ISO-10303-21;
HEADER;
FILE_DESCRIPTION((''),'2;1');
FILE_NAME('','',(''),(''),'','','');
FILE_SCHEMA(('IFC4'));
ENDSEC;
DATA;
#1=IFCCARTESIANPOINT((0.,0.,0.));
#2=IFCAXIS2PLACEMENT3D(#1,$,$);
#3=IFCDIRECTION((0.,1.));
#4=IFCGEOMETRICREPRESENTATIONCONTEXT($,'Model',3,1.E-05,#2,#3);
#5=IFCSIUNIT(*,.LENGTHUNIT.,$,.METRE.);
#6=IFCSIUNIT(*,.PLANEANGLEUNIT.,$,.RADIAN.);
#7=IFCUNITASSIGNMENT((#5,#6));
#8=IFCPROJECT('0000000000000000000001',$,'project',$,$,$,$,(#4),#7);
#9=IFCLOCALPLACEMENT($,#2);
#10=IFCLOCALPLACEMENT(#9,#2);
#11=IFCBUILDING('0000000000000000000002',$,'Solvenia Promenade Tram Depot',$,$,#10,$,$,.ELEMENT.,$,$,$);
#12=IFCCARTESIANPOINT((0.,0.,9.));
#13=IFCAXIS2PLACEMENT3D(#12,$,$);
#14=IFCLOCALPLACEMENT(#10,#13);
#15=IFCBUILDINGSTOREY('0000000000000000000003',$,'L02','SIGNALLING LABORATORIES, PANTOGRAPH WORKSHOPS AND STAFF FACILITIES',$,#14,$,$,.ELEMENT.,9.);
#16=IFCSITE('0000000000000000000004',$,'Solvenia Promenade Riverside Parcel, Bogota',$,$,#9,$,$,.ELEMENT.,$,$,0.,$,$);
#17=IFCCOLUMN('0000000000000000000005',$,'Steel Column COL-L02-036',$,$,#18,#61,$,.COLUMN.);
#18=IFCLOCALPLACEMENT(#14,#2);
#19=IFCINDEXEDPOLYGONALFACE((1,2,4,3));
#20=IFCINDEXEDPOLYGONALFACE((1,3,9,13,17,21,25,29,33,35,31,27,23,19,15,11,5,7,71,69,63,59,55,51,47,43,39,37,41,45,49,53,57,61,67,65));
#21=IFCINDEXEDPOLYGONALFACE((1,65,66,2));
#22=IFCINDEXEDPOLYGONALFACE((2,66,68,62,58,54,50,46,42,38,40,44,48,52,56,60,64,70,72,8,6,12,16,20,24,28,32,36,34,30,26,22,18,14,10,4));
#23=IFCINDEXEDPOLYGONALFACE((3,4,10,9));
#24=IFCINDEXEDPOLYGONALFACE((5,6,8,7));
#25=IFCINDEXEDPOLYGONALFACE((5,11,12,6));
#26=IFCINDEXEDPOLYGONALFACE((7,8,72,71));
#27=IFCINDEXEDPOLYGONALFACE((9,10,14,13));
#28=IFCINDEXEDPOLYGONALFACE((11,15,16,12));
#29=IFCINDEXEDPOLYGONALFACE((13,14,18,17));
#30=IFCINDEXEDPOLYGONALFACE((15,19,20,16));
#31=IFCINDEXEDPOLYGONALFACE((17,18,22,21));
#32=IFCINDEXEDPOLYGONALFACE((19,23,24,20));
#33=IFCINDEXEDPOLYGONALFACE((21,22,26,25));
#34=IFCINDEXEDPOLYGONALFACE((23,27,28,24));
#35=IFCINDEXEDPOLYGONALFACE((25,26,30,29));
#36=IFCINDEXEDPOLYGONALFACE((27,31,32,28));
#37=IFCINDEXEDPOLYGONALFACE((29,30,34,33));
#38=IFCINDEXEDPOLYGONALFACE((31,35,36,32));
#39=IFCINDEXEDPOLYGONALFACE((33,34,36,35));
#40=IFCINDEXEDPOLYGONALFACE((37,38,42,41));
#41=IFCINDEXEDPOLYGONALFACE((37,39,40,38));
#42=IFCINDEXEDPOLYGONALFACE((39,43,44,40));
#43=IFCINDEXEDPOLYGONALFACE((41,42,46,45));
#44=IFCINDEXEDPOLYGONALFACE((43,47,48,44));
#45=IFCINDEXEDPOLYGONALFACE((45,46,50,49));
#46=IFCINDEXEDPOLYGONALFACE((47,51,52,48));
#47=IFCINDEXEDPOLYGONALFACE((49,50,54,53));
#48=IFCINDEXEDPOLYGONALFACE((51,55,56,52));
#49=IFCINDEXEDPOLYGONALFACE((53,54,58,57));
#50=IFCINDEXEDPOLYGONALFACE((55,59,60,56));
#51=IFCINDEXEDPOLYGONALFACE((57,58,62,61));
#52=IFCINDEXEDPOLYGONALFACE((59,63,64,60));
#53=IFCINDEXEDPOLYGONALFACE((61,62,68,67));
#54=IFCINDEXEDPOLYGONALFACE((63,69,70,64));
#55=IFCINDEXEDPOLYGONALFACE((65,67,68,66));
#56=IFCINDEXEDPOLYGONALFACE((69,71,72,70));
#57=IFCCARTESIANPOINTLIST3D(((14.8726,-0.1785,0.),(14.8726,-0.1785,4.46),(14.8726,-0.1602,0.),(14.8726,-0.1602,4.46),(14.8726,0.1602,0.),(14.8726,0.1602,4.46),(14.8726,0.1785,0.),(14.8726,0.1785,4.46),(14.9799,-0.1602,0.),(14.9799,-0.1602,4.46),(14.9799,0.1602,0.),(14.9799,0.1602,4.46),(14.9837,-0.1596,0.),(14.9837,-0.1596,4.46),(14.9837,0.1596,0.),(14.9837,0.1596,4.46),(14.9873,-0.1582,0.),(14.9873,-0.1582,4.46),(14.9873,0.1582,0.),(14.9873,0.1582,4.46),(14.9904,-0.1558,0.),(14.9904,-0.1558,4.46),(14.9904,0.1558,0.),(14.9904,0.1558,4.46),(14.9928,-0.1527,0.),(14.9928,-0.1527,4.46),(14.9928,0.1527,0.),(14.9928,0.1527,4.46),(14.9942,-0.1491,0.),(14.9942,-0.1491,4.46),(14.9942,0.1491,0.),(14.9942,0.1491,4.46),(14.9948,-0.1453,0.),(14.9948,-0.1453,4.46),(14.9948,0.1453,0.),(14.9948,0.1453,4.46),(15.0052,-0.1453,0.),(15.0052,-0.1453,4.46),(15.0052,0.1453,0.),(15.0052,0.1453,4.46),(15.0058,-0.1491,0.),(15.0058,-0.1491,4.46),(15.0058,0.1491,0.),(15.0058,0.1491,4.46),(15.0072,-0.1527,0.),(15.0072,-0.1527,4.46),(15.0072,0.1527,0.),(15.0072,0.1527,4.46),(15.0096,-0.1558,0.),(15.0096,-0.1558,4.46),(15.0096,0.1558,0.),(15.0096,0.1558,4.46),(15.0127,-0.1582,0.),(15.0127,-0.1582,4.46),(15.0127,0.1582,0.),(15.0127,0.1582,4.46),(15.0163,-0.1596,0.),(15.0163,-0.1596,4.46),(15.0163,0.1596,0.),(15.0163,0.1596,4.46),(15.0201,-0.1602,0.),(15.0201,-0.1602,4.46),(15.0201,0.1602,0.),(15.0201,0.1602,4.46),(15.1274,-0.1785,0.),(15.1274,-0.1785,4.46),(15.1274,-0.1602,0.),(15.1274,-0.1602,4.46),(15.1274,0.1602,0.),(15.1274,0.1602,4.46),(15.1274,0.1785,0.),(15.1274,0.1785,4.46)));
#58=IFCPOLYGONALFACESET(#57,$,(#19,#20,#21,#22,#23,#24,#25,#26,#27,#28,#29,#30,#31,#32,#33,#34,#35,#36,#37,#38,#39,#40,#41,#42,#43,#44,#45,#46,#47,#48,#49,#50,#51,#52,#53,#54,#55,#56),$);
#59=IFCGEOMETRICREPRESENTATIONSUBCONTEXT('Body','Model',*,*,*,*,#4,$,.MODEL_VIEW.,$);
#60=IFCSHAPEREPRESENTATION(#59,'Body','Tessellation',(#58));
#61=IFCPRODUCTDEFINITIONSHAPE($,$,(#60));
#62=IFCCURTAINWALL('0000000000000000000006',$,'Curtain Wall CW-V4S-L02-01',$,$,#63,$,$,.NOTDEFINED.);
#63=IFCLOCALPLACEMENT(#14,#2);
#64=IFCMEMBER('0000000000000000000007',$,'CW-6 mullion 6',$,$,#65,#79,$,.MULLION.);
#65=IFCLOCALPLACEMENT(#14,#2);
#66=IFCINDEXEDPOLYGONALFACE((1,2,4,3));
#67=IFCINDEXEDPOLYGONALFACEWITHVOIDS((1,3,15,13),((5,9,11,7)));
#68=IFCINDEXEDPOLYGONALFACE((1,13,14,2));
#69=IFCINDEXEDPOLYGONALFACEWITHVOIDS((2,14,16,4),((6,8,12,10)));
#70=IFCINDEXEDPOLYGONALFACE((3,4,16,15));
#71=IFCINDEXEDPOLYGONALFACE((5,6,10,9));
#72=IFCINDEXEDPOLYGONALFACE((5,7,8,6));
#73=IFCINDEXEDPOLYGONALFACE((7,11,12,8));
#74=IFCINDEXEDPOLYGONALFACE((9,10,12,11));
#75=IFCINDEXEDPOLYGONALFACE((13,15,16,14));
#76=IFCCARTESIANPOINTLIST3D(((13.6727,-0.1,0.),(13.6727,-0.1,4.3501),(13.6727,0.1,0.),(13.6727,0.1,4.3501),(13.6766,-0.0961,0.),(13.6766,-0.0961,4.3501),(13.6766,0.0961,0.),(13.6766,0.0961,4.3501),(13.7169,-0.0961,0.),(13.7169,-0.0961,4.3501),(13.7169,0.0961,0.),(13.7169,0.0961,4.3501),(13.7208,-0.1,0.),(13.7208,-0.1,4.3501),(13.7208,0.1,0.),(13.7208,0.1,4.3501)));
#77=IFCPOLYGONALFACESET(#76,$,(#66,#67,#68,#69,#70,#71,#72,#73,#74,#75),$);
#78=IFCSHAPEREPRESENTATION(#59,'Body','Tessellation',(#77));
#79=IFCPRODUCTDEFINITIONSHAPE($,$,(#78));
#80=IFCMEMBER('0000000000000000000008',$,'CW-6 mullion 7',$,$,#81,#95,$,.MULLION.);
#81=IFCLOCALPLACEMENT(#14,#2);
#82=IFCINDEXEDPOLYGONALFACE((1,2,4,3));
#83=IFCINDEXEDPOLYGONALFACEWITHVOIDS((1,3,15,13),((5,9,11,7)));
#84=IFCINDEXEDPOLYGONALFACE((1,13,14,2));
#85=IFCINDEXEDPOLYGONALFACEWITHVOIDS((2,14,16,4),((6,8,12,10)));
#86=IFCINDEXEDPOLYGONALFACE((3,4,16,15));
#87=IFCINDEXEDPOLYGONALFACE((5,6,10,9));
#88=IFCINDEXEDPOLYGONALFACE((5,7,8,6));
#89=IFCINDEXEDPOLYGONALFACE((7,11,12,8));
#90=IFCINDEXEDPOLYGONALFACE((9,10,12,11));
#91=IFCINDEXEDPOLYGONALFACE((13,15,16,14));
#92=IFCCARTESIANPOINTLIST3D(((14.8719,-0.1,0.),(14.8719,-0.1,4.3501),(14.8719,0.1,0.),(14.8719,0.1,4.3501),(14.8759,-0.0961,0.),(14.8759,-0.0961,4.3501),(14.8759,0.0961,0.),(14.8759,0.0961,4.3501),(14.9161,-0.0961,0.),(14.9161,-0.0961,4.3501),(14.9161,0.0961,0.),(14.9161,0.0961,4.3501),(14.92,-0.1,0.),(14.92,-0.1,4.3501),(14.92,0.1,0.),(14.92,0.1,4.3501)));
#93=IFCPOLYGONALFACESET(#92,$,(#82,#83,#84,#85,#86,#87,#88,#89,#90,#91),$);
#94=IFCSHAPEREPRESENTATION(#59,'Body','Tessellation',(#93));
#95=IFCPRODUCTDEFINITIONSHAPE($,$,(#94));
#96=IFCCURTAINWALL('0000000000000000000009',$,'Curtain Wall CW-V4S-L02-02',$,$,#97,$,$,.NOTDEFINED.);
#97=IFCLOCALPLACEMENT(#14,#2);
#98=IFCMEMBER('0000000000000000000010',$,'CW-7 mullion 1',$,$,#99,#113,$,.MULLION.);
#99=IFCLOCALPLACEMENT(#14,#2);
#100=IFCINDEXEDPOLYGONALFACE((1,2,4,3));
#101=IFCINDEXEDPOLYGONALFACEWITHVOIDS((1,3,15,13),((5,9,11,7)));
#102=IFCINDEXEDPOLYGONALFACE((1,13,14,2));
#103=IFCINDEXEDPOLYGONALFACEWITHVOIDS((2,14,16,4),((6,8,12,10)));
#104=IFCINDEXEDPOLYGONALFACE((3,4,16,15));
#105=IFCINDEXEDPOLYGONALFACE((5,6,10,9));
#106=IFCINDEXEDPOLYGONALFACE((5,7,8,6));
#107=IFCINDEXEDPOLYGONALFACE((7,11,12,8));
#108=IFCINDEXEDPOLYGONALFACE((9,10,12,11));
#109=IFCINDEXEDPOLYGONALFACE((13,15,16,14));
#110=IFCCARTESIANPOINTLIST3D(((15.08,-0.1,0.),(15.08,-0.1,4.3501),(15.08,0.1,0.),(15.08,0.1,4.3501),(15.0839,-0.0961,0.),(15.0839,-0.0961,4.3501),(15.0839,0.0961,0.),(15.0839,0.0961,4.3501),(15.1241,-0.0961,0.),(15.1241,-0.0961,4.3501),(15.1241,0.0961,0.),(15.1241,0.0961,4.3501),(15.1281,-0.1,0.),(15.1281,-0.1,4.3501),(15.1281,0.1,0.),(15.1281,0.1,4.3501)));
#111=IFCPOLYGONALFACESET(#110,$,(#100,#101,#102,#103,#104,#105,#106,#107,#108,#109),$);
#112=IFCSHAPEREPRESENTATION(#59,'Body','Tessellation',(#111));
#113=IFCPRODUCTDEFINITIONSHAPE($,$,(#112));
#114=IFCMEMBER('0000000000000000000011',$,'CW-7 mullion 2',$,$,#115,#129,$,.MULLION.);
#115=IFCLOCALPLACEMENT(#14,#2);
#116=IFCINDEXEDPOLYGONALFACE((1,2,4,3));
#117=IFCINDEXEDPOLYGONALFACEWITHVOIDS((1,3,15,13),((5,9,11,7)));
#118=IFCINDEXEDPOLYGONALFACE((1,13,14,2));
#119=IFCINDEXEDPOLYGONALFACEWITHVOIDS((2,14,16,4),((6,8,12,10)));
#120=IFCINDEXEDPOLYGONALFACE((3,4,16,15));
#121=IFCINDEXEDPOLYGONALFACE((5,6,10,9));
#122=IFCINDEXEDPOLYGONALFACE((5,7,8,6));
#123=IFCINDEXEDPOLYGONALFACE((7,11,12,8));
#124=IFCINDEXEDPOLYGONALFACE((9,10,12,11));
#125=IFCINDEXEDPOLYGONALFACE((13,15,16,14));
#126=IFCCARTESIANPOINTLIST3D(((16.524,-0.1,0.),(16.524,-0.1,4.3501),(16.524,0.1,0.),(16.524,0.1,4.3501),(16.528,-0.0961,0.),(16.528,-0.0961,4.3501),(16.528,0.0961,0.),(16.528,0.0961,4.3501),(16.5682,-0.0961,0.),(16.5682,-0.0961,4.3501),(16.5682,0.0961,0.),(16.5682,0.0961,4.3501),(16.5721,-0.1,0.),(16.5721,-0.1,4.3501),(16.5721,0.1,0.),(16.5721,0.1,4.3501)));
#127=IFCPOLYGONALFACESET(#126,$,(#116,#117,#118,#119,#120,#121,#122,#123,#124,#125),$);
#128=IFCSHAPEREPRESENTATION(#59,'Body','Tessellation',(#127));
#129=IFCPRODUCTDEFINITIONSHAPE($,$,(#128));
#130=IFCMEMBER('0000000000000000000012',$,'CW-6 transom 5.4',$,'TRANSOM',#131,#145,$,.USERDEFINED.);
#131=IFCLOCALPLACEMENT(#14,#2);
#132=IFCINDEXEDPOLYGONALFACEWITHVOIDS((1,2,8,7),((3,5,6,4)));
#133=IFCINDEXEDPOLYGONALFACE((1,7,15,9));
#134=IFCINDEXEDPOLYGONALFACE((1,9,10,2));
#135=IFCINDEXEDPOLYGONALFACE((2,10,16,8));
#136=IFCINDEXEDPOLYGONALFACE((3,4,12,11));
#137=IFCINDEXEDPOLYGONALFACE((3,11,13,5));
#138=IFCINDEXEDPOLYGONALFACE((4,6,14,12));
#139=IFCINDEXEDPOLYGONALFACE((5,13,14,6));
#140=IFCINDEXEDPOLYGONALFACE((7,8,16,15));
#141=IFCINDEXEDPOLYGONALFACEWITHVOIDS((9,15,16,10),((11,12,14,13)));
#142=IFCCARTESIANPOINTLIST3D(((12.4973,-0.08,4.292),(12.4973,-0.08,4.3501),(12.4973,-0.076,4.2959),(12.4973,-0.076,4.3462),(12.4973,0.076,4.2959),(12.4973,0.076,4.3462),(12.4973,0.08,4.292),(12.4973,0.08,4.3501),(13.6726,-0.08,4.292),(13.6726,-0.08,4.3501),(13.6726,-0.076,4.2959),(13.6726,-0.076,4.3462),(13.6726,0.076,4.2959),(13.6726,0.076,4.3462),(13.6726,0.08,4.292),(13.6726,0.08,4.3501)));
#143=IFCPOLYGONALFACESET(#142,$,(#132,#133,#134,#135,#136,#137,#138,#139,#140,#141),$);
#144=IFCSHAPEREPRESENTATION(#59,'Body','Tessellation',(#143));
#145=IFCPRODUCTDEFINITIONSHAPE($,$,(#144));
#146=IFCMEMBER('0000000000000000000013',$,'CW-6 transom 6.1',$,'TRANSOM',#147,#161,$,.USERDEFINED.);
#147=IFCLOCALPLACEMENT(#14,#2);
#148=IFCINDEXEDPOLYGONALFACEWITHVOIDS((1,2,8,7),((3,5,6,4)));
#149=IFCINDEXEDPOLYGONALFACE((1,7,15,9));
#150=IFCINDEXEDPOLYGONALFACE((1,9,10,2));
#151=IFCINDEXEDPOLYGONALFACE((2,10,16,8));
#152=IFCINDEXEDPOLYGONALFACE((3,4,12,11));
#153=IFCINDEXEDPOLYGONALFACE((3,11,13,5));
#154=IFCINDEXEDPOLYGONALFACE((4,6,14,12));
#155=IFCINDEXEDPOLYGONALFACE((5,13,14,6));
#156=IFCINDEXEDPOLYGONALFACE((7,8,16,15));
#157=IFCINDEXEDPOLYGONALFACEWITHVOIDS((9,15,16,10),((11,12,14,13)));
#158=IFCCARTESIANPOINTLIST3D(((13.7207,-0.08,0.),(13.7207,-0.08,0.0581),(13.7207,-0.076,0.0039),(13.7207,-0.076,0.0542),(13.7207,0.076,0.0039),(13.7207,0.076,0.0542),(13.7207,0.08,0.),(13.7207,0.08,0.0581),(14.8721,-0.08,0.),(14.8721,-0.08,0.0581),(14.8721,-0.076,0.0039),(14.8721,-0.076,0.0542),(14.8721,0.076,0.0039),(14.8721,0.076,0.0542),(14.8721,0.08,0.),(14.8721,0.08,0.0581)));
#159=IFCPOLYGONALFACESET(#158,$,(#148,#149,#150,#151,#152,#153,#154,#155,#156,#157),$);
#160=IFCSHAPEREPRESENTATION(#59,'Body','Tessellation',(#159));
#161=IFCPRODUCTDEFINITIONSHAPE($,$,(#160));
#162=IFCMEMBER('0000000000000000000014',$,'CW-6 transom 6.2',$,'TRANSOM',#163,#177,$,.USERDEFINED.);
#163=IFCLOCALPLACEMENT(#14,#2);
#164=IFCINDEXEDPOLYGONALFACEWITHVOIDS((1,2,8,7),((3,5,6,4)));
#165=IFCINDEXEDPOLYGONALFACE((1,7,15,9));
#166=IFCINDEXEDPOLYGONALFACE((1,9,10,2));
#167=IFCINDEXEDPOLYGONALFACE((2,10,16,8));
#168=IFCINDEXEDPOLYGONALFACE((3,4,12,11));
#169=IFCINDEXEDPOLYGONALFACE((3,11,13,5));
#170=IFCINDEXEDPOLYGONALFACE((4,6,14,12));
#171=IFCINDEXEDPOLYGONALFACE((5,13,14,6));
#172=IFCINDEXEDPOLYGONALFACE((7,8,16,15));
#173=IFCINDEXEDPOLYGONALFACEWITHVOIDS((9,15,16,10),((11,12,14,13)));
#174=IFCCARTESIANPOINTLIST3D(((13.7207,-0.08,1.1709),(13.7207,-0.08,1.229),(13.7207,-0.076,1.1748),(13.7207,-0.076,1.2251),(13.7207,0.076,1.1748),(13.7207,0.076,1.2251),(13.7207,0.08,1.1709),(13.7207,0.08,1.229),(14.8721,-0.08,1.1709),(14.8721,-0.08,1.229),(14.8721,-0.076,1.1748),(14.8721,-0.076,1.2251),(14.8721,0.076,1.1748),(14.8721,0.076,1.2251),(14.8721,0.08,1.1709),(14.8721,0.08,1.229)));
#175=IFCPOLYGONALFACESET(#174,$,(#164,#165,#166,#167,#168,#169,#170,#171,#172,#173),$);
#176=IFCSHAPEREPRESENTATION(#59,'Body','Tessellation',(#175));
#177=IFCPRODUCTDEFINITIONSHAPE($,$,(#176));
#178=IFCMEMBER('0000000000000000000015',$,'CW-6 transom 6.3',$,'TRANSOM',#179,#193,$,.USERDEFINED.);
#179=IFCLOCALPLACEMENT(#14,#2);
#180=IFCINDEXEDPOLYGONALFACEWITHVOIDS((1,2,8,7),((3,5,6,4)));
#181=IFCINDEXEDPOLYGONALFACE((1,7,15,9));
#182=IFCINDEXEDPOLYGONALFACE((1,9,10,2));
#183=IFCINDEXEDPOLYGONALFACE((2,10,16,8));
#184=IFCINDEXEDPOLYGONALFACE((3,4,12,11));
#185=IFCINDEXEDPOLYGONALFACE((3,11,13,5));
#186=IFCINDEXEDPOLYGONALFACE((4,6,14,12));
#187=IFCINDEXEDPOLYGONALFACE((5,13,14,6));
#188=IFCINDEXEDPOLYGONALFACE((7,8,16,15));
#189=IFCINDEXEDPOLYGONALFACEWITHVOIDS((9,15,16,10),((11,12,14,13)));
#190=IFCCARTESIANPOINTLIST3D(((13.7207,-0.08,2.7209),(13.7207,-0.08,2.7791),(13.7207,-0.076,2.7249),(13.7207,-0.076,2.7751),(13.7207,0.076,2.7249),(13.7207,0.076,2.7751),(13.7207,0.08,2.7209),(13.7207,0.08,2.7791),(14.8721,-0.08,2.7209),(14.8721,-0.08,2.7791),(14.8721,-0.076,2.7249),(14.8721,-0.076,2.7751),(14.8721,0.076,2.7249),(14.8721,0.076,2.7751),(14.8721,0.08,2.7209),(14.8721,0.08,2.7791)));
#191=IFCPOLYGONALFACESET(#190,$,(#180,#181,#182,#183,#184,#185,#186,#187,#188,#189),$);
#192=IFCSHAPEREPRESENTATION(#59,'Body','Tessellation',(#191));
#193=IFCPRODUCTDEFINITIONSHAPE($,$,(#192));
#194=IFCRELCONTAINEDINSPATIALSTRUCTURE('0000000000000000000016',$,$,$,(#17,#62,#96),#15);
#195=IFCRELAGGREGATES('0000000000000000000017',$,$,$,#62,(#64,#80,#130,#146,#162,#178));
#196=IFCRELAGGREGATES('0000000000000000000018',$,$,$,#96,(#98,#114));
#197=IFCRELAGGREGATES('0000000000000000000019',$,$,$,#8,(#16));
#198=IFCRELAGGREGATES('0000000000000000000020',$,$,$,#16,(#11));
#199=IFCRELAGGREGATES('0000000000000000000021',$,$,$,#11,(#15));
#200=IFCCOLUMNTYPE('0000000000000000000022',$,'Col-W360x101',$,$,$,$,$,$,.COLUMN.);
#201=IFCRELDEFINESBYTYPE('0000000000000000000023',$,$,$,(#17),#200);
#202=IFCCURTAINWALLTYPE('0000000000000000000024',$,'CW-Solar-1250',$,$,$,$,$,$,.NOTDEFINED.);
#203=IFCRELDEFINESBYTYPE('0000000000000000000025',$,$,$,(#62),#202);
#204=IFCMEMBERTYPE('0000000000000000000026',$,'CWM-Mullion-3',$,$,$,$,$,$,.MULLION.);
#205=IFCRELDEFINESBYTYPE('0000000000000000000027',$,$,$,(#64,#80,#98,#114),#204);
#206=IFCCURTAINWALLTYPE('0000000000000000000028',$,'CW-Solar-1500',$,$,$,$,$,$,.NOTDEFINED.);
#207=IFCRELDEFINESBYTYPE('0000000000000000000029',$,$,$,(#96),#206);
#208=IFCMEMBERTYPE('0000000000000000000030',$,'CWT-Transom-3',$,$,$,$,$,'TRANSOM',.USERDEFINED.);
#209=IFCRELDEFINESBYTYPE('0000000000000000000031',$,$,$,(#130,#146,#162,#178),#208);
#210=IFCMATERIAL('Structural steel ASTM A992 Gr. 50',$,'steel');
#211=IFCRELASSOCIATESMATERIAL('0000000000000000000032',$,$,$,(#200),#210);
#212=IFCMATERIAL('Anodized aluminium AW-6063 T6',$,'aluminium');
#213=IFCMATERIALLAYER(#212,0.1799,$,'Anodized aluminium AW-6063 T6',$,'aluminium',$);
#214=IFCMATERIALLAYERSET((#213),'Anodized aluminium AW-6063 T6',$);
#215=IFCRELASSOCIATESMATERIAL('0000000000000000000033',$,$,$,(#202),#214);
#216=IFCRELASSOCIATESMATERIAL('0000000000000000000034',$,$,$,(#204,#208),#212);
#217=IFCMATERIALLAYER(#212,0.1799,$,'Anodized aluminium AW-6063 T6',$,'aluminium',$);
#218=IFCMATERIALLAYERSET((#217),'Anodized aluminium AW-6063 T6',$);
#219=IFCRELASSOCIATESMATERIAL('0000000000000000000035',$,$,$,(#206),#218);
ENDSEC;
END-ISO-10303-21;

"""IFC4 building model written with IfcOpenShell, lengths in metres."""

from ifc_helpers import new_model, si_unit, direction, frame, origin, origin_2d, place, context, subcontext, project, spatial, hollow_rectangle, i_section, extrude, material, layer, layer_set, material_profile, profile_set, type_object, element, aggregate, save


model = new_model("IFC4")

# Units and contexts
model_context = context("Model", 3, precision=1e-05, world=origin(), true_north=direction((0.0, 1.0)))
body_context = subcontext(model_context, "Body", "Model", "MODEL_VIEW")
ifc_project = project(units=[si_unit("LENGTHUNIT", "METRE"), si_unit("PLANEANGLEUNIT", "RADIAN")], contexts=[model_context])

# Site, building, storey
site_placement = place(None, origin())
site = spatial("IfcSite", under=ifc_project, at=site_placement, Name="Solvenia Promenade Riverside Parcel, Bogota", CompositionType="ELEMENT", RefElevation=0.0)
building_placement = place(site_placement, origin())
building = spatial("IfcBuilding", under=site, at=building_placement, Name="Solvenia Promenade Tram Depot", CompositionType="ELEMENT")
storey_placement = place(building_placement, frame((0.0, 0.0, 9.0)))
storey = spatial("IfcBuildingStorey", under=building, at=storey_placement, Name="L02", Description="SIGNALLING LABORATORIES, PANTOGRAPH WORKSHOPS AND STAFF FACILITIES", CompositionType="ELEMENT", Elevation=9.0)

# Column
ifc_material_1 = material(Name="Structural steel ASTM A992 Gr. 50", Category="steel")
ifc_material_profile_1 = material_profile(ifc_material_1, i_section(OverallWidth=0.2549, OverallDepth=0.3569, WebThickness=0.0105, FlangeThickness=0.0183, FilletRadius=0.0149, at=origin_2d()), Name="W360x101", Category="steel")
ifc_profile_set_1 = profile_set([ifc_material_profile_1], Name="Structural steel ASTM A992 Gr. 50")
column_type = type_object("IfcColumnType", Name="Col-W360x101", PredefinedType="COLUMN", material=ifc_profile_set_1)
column_placement = place(storey_placement, frame((15.0, 0.0, 0.0), z_axis=(0.0, 0.0, 1.0), x_axis=(1.0, 0.0, 0.0)))
element("IfcColumn", 1, at=column_placement, inside=storey, type_object=column_type, Name="Steel Column COL-L02-036", PredefinedType="COLUMN", context=body_context, shape_type="SweptSolid", body=[
    extrude(i_section(OverallWidth=0.2549, OverallDepth=0.3569, WebThickness=0.0105, FlangeThickness=0.0183, FilletRadius=0.0149, at=origin_2d()), origin(), (0.0, 0.0, 1.0), 4.46),
])

# Curtain walls, members
ifc_material_2 = material(Name="Anodized aluminium AW-6063 T6", Category="aluminium")
ifc_layer_1 = layer(ifc_material_2, 0.1799, Name="Anodized aluminium AW-6063 T6", Category="aluminium")
ifc_layer_set_1 = layer_set([ifc_layer_1], Name="Anodized aluminium AW-6063 T6")
curtain_wall_type_1 = type_object("IfcCurtainWallType", Name="CW-Solar-1250", PredefinedType="NOTDEFINED", material=ifc_layer_set_1)
curtain_wall_1_placement = place(storey_placement, origin())
curtain_wall_1 = element("IfcCurtainWall", 2, at=curtain_wall_1_placement, inside=storey, type_object=curtain_wall_type_1, Name="Curtain Wall CW-V4S-L02-01", PredefinedType="NOTDEFINED")
ifc_material_profile_2 = material_profile(ifc_material_2, hollow_rectangle(XDim=0.2, YDim=0.0481, WallThickness=0.0039, at=origin_2d()), Name="ALU-M3", Category="aluminium")
ifc_profile_set_2 = profile_set([ifc_material_profile_2], Name="Anodized aluminium AW-6063 T6")
member_type_1 = type_object("IfcMemberType", Name="CWM-Mullion-3", PredefinedType="MULLION", material=ifc_profile_set_2)
member_1_placement = place(storey_placement, frame((13.6968, 0.0, 0.0), z_axis=(0.0, 0.0, 1.0), x_axis=(0.0, 1.0, 0.0)))
member_1 = element("IfcMember", 3, at=member_1_placement, type_object=member_type_1, Name="CW-6 mullion 6", PredefinedType="MULLION", context=body_context, shape_type="SweptSolid", body=[
    extrude(hollow_rectangle(XDim=0.2, YDim=0.0481, WallThickness=0.0039, at=origin_2d()), origin(), (0.0, 0.0, 1.0), 4.3501),
])
member_2_placement = place(storey_placement, frame((14.896, 0.0, 0.0), z_axis=(0.0, 0.0, 1.0), x_axis=(0.0, 1.0, 0.0)))
member_2 = element("IfcMember", 4, at=member_2_placement, type_object=member_type_1, Name="CW-6 mullion 7", PredefinedType="MULLION", context=body_context, shape_type="SweptSolid", body=[
    extrude(hollow_rectangle(XDim=0.2, YDim=0.0481, WallThickness=0.0039, at=origin_2d()), origin(), (0.0, 0.0, 1.0), 4.3501),
])
ifc_layer_2 = layer(ifc_material_2, 0.1799, Name="Anodized aluminium AW-6063 T6", Category="aluminium")
ifc_layer_set_2 = layer_set([ifc_layer_2], Name="Anodized aluminium AW-6063 T6")
curtain_wall_type_2 = type_object("IfcCurtainWallType", Name="CW-Solar-1500", PredefinedType="NOTDEFINED", material=ifc_layer_set_2)
curtain_wall_2_placement = place(storey_placement, origin())
curtain_wall_2 = element("IfcCurtainWall", 5, at=curtain_wall_2_placement, inside=storey, type_object=curtain_wall_type_2, Name="Curtain Wall CW-V4S-L02-02", PredefinedType="NOTDEFINED")
member_3_placement = place(storey_placement, frame((15.104, 0.0, 0.0), z_axis=(0.0, 0.0, 1.0), x_axis=(0.0, 1.0, 0.0)))
member_3 = element("IfcMember", 6, at=member_3_placement, type_object=member_type_1, Name="CW-7 mullion 1", PredefinedType="MULLION", context=body_context, shape_type="SweptSolid", body=[
    extrude(hollow_rectangle(XDim=0.2, YDim=0.0481, WallThickness=0.0039, at=origin_2d()), origin(), (0.0, 0.0, 1.0), 4.3501),
])
member_4_placement = place(storey_placement, frame((16.5481, 0.0, 0.0), z_axis=(0.0, 0.0, 1.0), x_axis=(0.0, 1.0, 0.0)))
member_4 = element("IfcMember", 7, at=member_4_placement, type_object=member_type_1, Name="CW-7 mullion 2", PredefinedType="MULLION", context=body_context, shape_type="SweptSolid", body=[
    extrude(hollow_rectangle(XDim=0.2, YDim=0.0481, WallThickness=0.0039, at=origin_2d()), origin(), (0.0, 0.0, 1.0), 4.3501),
])

# Members
ifc_material_profile_3 = material_profile(ifc_material_2, hollow_rectangle(XDim=0.1599, YDim=0.0581, WallThickness=0.0039, at=origin_2d()), Name="ALU-T3", Category="aluminium")
ifc_profile_set_3 = profile_set([ifc_material_profile_3], Name="Anodized aluminium AW-6063 T6")
member_type_2 = type_object("IfcMemberType", Name="CWT-Transom-3", ElementType="TRANSOM", PredefinedType="USERDEFINED", material=ifc_profile_set_3)
member_5_placement = place(storey_placement, frame((12.4973, 0.0, 4.321), z_axis=(1.0, 0.0, 0.0), x_axis=(0.0, 1.0, 0.0)))
member_5 = element("IfcMember", 8, at=member_5_placement, type_object=member_type_2, Name="CW-6 transom 5.4", ObjectType="TRANSOM", PredefinedType="USERDEFINED", context=body_context, shape_type="SweptSolid", body=[
    extrude(hollow_rectangle(XDim=0.1599, YDim=0.0581, WallThickness=0.0039, at=origin_2d()), origin(), (0.0, 0.0, 1.0), 1.1753),
])
member_6_placement = place(storey_placement, frame((13.7207, 0.0, 0.0291), z_axis=(1.0, 0.0, 0.0), x_axis=(0.0, 1.0, 0.0)))
member_6 = element("IfcMember", 9, at=member_6_placement, type_object=member_type_2, Name="CW-6 transom 6.1", ObjectType="TRANSOM", PredefinedType="USERDEFINED", context=body_context, shape_type="SweptSolid", body=[
    extrude(hollow_rectangle(XDim=0.1599, YDim=0.0581, WallThickness=0.0039, at=origin_2d()), origin(), (0.0, 0.0, 1.0), 1.1514),
])
member_7_placement = place(storey_placement, frame((13.7207, 0.0, 1.2), z_axis=(1.0, 0.0, 0.0), x_axis=(0.0, 1.0, 0.0)))
member_7 = element("IfcMember", 10, at=member_7_placement, type_object=member_type_2, Name="CW-6 transom 6.2", ObjectType="TRANSOM", PredefinedType="USERDEFINED", context=body_context, shape_type="SweptSolid", body=[
    extrude(hollow_rectangle(XDim=0.1599, YDim=0.0581, WallThickness=0.0039, at=origin_2d()), origin(), (0.0, 0.0, 1.0), 1.1514),
])
member_8_placement = place(storey_placement, frame((13.7207, 0.0, 2.75), z_axis=(1.0, 0.0, 0.0), x_axis=(0.0, 1.0, 0.0)))
member_8 = element("IfcMember", 11, at=member_8_placement, type_object=member_type_2, Name="CW-6 transom 6.3", ObjectType="TRANSOM", PredefinedType="USERDEFINED", context=body_context, shape_type="SweptSolid", body=[
    extrude(hollow_rectangle(XDim=0.1599, YDim=0.0581, WallThickness=0.0039, at=origin_2d()), origin(), (0.0, 0.0, 1.0), 1.1514),
])

aggregate(curtain_wall_1, [member_1, member_2, member_5, member_6, member_7, member_8])
aggregate(curtain_wall_2, [member_3, member_4])

save(model, "model.ifc")
